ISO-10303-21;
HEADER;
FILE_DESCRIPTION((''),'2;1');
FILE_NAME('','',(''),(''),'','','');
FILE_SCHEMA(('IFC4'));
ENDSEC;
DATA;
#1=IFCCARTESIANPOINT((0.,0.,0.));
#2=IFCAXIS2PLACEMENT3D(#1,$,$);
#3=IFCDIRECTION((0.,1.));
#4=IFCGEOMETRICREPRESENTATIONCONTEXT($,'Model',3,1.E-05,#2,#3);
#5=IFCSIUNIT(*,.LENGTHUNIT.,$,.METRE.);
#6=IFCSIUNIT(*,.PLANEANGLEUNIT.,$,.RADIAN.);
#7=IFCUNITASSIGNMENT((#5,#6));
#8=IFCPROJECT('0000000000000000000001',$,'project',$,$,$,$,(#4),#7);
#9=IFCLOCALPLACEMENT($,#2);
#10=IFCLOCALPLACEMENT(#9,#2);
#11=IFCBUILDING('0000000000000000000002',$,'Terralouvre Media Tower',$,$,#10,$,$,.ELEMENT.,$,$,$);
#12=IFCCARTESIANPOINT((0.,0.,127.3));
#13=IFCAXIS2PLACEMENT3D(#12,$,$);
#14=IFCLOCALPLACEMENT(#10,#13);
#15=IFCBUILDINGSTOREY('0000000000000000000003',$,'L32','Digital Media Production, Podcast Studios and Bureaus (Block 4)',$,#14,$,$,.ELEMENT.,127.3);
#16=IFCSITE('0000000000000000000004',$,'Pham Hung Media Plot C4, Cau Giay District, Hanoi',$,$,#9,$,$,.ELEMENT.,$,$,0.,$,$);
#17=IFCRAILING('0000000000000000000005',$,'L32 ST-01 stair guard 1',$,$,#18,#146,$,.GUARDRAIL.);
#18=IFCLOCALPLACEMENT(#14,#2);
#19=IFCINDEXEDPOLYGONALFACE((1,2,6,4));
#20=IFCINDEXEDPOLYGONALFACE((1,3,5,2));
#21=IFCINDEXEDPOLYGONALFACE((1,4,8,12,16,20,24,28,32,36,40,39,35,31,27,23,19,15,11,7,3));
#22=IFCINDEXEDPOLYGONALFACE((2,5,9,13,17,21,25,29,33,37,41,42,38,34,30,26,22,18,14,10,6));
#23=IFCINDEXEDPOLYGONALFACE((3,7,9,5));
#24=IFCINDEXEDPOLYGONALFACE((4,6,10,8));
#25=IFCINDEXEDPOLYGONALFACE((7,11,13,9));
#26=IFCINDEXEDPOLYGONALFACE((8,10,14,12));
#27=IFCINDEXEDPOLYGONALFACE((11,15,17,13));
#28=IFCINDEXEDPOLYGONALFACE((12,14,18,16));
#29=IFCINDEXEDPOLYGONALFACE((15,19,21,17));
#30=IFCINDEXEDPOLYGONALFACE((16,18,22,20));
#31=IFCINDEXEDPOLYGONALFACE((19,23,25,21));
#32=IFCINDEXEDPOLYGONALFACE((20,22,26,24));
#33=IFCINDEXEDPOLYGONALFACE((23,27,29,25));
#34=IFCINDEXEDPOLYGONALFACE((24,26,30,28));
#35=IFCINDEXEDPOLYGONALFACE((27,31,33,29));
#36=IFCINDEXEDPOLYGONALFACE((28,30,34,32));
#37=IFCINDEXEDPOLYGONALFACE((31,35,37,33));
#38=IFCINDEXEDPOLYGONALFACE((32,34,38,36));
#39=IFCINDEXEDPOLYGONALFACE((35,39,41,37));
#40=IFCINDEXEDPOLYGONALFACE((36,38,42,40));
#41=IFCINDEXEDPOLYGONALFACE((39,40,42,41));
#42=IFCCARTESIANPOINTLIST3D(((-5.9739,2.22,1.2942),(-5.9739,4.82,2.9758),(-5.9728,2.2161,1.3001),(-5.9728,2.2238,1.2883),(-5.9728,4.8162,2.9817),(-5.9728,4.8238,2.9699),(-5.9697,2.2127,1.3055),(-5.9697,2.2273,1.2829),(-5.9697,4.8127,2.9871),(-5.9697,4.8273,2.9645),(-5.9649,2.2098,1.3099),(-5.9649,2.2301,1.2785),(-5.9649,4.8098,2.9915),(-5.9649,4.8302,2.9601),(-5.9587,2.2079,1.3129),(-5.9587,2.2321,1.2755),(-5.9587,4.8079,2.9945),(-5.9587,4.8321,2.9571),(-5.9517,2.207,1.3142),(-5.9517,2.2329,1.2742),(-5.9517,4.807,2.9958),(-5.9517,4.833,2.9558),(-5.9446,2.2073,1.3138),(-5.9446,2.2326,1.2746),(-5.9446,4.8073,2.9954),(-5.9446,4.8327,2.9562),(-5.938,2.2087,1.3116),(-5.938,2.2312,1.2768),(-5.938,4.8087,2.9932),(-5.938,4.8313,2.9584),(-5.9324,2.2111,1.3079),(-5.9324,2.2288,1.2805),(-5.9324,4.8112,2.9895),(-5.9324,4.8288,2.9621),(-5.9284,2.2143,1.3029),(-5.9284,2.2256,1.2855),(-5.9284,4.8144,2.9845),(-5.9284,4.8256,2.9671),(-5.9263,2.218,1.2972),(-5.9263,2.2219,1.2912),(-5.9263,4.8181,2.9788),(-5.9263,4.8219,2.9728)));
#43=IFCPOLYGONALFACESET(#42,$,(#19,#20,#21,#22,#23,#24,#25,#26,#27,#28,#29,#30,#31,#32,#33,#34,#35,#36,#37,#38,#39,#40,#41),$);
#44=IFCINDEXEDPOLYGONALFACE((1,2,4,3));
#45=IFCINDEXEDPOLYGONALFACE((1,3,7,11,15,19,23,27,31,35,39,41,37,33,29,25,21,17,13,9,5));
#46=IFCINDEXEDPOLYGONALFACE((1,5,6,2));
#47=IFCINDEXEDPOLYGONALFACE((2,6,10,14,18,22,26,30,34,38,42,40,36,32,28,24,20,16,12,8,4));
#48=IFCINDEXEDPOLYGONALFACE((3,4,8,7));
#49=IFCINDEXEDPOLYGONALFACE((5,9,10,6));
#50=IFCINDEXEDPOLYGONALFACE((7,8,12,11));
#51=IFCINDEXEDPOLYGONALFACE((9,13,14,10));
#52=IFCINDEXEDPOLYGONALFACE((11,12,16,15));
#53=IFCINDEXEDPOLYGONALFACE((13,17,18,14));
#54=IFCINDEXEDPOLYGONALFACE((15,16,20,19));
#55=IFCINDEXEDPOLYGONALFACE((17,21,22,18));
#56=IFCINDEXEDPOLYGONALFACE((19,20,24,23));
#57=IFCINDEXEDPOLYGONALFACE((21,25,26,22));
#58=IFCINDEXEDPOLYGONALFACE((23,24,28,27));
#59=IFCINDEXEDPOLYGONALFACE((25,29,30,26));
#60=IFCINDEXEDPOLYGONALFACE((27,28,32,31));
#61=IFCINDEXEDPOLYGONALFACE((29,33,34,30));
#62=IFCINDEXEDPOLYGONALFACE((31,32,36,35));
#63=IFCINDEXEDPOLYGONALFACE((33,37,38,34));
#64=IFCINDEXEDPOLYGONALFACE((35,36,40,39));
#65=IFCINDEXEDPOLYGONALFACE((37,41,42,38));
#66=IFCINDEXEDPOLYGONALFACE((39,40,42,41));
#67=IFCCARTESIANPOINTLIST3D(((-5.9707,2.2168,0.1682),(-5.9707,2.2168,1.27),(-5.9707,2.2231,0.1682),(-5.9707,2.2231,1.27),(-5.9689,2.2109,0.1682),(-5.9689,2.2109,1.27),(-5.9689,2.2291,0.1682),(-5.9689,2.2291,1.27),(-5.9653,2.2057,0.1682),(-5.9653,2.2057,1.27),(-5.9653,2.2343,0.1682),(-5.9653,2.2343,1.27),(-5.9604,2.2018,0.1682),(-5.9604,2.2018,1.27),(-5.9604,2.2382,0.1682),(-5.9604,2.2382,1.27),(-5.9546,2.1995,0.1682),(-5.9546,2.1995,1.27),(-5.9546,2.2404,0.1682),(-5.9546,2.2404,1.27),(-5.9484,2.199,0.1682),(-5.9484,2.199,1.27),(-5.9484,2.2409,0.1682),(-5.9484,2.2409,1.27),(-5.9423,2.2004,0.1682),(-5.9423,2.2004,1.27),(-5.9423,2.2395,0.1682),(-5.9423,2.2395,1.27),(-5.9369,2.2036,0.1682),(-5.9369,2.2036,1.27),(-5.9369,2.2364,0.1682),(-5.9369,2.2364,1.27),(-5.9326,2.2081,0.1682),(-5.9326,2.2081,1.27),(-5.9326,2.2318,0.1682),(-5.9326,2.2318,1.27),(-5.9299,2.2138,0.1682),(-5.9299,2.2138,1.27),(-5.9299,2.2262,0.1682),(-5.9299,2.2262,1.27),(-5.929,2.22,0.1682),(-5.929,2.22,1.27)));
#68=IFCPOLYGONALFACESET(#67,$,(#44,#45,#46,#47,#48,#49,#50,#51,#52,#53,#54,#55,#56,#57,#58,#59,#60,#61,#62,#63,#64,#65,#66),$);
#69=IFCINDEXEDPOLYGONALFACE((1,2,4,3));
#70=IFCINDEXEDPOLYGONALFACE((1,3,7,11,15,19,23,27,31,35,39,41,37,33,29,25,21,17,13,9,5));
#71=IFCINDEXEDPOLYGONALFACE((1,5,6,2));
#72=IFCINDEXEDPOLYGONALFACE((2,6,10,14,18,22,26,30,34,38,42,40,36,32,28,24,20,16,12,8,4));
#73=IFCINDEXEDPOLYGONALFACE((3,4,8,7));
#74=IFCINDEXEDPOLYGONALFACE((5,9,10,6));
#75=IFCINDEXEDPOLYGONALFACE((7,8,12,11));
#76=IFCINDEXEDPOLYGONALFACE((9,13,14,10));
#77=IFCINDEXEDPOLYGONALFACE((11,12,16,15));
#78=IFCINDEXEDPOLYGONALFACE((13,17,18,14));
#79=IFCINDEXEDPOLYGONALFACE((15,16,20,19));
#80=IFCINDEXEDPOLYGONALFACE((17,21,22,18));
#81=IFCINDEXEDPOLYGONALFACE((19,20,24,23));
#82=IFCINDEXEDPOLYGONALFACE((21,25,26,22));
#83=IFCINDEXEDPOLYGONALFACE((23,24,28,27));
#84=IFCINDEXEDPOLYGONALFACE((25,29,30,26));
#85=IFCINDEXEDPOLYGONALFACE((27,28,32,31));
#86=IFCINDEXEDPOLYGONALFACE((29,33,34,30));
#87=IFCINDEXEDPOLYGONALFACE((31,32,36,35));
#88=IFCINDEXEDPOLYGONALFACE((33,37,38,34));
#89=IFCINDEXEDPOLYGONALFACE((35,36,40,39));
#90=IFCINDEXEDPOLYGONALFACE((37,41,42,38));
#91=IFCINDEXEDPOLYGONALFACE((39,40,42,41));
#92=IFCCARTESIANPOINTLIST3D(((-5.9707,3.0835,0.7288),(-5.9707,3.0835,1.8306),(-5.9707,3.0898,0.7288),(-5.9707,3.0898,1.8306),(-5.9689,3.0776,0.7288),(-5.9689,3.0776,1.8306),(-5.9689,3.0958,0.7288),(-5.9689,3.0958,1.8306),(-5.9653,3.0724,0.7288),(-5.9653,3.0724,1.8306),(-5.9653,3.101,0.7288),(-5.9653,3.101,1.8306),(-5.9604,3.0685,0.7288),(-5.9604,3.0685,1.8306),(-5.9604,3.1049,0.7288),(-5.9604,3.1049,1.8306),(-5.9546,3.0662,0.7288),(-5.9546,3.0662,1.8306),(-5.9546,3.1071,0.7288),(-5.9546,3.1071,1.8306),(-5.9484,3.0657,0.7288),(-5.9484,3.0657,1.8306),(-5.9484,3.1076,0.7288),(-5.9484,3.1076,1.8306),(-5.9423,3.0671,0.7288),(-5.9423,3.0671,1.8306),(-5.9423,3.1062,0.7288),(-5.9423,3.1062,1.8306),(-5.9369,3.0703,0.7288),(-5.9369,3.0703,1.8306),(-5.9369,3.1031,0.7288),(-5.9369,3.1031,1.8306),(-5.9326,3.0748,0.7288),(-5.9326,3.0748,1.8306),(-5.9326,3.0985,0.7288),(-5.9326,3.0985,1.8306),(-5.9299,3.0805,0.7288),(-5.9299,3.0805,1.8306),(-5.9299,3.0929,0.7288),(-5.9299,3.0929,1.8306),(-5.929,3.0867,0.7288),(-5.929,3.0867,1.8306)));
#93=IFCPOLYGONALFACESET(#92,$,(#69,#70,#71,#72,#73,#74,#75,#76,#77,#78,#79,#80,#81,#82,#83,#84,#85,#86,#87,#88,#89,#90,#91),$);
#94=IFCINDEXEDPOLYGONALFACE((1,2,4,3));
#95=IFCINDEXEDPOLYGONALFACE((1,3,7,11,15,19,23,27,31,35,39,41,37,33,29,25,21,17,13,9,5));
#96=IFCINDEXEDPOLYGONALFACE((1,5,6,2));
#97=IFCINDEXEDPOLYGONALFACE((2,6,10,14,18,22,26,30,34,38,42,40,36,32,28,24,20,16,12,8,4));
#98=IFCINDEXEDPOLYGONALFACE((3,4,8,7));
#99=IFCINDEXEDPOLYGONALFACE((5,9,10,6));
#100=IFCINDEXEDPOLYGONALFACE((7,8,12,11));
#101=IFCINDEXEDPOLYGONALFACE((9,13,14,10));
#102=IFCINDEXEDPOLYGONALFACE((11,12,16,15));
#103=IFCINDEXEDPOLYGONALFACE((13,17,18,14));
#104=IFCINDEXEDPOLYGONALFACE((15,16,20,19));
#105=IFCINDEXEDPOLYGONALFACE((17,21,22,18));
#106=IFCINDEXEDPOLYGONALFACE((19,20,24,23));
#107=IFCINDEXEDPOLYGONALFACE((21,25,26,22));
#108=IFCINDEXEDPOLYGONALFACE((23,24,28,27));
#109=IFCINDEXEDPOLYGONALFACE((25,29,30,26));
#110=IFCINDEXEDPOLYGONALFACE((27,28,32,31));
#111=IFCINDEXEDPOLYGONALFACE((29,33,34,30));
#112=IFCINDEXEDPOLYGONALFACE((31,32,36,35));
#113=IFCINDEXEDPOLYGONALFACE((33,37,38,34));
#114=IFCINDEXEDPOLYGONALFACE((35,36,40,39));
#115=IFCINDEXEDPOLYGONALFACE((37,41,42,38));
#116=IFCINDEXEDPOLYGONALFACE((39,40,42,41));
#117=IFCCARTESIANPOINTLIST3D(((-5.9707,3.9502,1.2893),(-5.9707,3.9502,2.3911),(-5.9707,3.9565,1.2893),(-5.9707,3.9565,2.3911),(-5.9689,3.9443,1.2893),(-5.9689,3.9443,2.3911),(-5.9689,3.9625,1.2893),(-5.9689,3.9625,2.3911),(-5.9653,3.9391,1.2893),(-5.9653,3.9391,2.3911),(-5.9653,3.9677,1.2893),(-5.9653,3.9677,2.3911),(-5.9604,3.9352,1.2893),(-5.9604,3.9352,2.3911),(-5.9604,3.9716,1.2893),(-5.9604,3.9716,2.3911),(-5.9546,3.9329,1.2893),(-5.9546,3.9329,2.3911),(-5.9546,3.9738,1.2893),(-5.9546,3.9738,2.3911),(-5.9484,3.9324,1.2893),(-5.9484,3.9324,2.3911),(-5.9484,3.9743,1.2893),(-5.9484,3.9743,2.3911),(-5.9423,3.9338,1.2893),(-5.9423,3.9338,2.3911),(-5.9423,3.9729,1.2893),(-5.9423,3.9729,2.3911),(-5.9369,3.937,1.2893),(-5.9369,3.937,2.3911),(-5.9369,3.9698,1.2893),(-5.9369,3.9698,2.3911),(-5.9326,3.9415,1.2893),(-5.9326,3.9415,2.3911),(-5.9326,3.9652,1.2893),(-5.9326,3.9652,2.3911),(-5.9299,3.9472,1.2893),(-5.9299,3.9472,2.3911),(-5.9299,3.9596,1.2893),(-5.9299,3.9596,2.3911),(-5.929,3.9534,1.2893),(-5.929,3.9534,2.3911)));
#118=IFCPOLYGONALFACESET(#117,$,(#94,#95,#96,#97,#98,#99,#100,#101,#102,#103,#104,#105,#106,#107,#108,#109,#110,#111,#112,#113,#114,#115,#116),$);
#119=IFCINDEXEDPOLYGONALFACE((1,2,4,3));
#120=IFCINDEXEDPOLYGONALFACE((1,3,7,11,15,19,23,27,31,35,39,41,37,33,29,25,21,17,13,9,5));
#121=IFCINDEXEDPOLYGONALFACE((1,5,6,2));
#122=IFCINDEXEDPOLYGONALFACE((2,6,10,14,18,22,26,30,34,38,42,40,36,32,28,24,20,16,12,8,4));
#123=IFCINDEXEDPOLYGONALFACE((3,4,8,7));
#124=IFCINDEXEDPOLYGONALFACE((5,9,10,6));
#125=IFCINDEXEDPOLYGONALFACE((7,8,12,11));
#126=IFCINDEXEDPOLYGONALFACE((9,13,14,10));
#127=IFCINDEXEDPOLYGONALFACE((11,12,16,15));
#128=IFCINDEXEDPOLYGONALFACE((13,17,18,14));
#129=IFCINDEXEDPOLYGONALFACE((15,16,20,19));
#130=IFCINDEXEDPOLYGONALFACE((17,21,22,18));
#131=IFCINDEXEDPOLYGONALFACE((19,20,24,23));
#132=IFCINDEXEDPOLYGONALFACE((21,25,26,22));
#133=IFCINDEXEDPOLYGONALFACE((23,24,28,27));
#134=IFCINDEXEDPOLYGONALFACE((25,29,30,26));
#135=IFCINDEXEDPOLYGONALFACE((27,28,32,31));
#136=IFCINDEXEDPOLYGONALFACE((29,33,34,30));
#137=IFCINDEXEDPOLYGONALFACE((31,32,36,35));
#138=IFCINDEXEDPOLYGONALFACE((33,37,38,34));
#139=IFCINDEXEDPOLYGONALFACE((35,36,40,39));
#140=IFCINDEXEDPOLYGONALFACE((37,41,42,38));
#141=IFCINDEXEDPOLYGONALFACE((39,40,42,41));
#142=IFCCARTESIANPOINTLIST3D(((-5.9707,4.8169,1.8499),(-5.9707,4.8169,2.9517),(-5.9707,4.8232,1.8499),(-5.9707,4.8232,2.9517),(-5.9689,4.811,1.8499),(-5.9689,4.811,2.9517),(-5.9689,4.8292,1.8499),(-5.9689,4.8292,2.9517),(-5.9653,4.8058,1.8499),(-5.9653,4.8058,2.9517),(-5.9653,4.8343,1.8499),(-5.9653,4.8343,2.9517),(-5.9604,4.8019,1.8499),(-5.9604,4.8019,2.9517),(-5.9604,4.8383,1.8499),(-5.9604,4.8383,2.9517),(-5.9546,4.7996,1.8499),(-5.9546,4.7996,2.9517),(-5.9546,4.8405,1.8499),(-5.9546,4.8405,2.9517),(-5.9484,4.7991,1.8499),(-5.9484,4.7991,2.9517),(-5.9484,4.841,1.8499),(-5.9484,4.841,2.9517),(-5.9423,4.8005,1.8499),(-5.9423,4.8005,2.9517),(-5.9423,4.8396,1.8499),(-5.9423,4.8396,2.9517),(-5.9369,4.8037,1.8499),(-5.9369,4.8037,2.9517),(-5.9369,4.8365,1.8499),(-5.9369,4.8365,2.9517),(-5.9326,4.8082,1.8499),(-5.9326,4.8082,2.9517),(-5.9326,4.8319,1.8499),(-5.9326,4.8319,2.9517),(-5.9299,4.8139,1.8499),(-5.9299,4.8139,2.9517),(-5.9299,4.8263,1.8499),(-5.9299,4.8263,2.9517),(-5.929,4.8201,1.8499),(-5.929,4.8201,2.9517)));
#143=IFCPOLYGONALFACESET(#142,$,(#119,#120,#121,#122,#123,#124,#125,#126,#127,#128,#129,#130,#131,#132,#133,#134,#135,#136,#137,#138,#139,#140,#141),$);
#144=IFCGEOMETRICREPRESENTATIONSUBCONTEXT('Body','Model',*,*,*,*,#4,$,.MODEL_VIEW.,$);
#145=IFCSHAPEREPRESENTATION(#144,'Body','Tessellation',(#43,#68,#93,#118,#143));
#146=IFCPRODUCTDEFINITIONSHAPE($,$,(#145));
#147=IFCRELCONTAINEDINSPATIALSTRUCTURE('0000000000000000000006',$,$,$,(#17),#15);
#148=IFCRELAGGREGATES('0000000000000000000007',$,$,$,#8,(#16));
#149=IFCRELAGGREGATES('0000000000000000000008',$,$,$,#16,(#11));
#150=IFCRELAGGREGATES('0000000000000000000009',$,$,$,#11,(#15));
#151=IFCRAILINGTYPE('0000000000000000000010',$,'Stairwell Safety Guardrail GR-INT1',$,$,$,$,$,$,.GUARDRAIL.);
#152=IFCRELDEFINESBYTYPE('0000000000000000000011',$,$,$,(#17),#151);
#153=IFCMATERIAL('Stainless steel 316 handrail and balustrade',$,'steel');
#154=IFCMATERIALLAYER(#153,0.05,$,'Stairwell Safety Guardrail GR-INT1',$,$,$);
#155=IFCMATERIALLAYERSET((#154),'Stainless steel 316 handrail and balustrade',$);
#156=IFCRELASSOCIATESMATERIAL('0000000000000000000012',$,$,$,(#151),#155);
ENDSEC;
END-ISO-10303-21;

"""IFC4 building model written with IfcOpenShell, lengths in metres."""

from ifc_helpers import new_model, si_unit, direction, frame, origin, origin_2d, place, context, subcontext, project, spatial, circle, extrude, material, layer, layer_set, type_object, element, save


model = new_model("IFC4")

# Units and contexts
model_context = context("Model", 3, precision=1e-05, world=origin(), true_north=direction((0.0, 1.0)))
body_context = subcontext(model_context, "Body", "Model", "MODEL_VIEW")
ifc_project = project(units=[si_unit("LENGTHUNIT", "METRE"), si_unit("PLANEANGLEUNIT", "RADIAN")], contexts=[model_context])

# Site, building, storey
site_placement = place(None, origin())
site = spatial("IfcSite", under=ifc_project, at=site_placement, Name="Pham Hung Media Plot C4, Cau Giay District, Hanoi", CompositionType="ELEMENT", RefElevation=0.0)
building_placement = place(site_placement, origin())
building = spatial("IfcBuilding", under=site, at=building_placement, Name="Terralouvre Media Tower", CompositionType="ELEMENT")
storey_placement = place(building_placement, frame((0.0, 0.0, 127.3)))
storey = spatial("IfcBuildingStorey", under=building, at=storey_placement, Name="L32", Description="Digital Media Production, Podcast Studios and Bureaus (Block 4)", CompositionType="ELEMENT", Elevation=127.3)

# Railing
ifc_material_1 = material(Name="Stainless steel 316 handrail and balustrade", Category="steel")
ifc_layer_1 = layer(ifc_material_1, 0.05, Name="Stairwell Safety Guardrail GR-INT1")
ifc_layer_set_1 = layer_set([ifc_layer_1], Name="Stainless steel 316 handrail and balustrade")
railing_type_1 = type_object("IfcRailingType", Name="Stairwell Safety Guardrail GR-INT1", PredefinedType="GUARDRAIL", material=ifc_layer_set_1)
railing_1_placement = place(storey_placement, frame((-5.95, 2.22, 0.1682)))
element("IfcRailing", 1, at=railing_1_placement, inside=storey, type_object=railing_type_1, Name="L32 ST-01 stair guard 1", PredefinedType="GUARDRAIL", context=body_context, shape_type="SweptSolid", body=[
    extrude(circle(Radius=0.0239, at=origin_2d()), frame((0.0, 0.0, 1.126), z_axis=(0.0, 0.839684, 0.543075), x_axis=(-1.0, 0.0, 0.0)), (0.0, 0.0, 1.0), 3.0964),
    extrude(circle(Radius=0.021, at=origin_2d()), origin(), (0.0, 0.0, 1.0), 1.1018),
    extrude(circle(Radius=0.021, at=origin_2d()), frame((0.0, 0.8667, 0.5605)), (0.0, 0.0, 1.0), 1.1018),
    extrude(circle(Radius=0.021, at=origin_2d()), frame((0.0, 1.7334, 1.1211)), (0.0, 0.0, 1.0), 1.1018),
    extrude(circle(Radius=0.021, at=origin_2d()), frame((0.0, 2.6001, 1.6816)), (0.0, 0.0, 1.0), 1.1018),
])

save(model, "model.ifc")
